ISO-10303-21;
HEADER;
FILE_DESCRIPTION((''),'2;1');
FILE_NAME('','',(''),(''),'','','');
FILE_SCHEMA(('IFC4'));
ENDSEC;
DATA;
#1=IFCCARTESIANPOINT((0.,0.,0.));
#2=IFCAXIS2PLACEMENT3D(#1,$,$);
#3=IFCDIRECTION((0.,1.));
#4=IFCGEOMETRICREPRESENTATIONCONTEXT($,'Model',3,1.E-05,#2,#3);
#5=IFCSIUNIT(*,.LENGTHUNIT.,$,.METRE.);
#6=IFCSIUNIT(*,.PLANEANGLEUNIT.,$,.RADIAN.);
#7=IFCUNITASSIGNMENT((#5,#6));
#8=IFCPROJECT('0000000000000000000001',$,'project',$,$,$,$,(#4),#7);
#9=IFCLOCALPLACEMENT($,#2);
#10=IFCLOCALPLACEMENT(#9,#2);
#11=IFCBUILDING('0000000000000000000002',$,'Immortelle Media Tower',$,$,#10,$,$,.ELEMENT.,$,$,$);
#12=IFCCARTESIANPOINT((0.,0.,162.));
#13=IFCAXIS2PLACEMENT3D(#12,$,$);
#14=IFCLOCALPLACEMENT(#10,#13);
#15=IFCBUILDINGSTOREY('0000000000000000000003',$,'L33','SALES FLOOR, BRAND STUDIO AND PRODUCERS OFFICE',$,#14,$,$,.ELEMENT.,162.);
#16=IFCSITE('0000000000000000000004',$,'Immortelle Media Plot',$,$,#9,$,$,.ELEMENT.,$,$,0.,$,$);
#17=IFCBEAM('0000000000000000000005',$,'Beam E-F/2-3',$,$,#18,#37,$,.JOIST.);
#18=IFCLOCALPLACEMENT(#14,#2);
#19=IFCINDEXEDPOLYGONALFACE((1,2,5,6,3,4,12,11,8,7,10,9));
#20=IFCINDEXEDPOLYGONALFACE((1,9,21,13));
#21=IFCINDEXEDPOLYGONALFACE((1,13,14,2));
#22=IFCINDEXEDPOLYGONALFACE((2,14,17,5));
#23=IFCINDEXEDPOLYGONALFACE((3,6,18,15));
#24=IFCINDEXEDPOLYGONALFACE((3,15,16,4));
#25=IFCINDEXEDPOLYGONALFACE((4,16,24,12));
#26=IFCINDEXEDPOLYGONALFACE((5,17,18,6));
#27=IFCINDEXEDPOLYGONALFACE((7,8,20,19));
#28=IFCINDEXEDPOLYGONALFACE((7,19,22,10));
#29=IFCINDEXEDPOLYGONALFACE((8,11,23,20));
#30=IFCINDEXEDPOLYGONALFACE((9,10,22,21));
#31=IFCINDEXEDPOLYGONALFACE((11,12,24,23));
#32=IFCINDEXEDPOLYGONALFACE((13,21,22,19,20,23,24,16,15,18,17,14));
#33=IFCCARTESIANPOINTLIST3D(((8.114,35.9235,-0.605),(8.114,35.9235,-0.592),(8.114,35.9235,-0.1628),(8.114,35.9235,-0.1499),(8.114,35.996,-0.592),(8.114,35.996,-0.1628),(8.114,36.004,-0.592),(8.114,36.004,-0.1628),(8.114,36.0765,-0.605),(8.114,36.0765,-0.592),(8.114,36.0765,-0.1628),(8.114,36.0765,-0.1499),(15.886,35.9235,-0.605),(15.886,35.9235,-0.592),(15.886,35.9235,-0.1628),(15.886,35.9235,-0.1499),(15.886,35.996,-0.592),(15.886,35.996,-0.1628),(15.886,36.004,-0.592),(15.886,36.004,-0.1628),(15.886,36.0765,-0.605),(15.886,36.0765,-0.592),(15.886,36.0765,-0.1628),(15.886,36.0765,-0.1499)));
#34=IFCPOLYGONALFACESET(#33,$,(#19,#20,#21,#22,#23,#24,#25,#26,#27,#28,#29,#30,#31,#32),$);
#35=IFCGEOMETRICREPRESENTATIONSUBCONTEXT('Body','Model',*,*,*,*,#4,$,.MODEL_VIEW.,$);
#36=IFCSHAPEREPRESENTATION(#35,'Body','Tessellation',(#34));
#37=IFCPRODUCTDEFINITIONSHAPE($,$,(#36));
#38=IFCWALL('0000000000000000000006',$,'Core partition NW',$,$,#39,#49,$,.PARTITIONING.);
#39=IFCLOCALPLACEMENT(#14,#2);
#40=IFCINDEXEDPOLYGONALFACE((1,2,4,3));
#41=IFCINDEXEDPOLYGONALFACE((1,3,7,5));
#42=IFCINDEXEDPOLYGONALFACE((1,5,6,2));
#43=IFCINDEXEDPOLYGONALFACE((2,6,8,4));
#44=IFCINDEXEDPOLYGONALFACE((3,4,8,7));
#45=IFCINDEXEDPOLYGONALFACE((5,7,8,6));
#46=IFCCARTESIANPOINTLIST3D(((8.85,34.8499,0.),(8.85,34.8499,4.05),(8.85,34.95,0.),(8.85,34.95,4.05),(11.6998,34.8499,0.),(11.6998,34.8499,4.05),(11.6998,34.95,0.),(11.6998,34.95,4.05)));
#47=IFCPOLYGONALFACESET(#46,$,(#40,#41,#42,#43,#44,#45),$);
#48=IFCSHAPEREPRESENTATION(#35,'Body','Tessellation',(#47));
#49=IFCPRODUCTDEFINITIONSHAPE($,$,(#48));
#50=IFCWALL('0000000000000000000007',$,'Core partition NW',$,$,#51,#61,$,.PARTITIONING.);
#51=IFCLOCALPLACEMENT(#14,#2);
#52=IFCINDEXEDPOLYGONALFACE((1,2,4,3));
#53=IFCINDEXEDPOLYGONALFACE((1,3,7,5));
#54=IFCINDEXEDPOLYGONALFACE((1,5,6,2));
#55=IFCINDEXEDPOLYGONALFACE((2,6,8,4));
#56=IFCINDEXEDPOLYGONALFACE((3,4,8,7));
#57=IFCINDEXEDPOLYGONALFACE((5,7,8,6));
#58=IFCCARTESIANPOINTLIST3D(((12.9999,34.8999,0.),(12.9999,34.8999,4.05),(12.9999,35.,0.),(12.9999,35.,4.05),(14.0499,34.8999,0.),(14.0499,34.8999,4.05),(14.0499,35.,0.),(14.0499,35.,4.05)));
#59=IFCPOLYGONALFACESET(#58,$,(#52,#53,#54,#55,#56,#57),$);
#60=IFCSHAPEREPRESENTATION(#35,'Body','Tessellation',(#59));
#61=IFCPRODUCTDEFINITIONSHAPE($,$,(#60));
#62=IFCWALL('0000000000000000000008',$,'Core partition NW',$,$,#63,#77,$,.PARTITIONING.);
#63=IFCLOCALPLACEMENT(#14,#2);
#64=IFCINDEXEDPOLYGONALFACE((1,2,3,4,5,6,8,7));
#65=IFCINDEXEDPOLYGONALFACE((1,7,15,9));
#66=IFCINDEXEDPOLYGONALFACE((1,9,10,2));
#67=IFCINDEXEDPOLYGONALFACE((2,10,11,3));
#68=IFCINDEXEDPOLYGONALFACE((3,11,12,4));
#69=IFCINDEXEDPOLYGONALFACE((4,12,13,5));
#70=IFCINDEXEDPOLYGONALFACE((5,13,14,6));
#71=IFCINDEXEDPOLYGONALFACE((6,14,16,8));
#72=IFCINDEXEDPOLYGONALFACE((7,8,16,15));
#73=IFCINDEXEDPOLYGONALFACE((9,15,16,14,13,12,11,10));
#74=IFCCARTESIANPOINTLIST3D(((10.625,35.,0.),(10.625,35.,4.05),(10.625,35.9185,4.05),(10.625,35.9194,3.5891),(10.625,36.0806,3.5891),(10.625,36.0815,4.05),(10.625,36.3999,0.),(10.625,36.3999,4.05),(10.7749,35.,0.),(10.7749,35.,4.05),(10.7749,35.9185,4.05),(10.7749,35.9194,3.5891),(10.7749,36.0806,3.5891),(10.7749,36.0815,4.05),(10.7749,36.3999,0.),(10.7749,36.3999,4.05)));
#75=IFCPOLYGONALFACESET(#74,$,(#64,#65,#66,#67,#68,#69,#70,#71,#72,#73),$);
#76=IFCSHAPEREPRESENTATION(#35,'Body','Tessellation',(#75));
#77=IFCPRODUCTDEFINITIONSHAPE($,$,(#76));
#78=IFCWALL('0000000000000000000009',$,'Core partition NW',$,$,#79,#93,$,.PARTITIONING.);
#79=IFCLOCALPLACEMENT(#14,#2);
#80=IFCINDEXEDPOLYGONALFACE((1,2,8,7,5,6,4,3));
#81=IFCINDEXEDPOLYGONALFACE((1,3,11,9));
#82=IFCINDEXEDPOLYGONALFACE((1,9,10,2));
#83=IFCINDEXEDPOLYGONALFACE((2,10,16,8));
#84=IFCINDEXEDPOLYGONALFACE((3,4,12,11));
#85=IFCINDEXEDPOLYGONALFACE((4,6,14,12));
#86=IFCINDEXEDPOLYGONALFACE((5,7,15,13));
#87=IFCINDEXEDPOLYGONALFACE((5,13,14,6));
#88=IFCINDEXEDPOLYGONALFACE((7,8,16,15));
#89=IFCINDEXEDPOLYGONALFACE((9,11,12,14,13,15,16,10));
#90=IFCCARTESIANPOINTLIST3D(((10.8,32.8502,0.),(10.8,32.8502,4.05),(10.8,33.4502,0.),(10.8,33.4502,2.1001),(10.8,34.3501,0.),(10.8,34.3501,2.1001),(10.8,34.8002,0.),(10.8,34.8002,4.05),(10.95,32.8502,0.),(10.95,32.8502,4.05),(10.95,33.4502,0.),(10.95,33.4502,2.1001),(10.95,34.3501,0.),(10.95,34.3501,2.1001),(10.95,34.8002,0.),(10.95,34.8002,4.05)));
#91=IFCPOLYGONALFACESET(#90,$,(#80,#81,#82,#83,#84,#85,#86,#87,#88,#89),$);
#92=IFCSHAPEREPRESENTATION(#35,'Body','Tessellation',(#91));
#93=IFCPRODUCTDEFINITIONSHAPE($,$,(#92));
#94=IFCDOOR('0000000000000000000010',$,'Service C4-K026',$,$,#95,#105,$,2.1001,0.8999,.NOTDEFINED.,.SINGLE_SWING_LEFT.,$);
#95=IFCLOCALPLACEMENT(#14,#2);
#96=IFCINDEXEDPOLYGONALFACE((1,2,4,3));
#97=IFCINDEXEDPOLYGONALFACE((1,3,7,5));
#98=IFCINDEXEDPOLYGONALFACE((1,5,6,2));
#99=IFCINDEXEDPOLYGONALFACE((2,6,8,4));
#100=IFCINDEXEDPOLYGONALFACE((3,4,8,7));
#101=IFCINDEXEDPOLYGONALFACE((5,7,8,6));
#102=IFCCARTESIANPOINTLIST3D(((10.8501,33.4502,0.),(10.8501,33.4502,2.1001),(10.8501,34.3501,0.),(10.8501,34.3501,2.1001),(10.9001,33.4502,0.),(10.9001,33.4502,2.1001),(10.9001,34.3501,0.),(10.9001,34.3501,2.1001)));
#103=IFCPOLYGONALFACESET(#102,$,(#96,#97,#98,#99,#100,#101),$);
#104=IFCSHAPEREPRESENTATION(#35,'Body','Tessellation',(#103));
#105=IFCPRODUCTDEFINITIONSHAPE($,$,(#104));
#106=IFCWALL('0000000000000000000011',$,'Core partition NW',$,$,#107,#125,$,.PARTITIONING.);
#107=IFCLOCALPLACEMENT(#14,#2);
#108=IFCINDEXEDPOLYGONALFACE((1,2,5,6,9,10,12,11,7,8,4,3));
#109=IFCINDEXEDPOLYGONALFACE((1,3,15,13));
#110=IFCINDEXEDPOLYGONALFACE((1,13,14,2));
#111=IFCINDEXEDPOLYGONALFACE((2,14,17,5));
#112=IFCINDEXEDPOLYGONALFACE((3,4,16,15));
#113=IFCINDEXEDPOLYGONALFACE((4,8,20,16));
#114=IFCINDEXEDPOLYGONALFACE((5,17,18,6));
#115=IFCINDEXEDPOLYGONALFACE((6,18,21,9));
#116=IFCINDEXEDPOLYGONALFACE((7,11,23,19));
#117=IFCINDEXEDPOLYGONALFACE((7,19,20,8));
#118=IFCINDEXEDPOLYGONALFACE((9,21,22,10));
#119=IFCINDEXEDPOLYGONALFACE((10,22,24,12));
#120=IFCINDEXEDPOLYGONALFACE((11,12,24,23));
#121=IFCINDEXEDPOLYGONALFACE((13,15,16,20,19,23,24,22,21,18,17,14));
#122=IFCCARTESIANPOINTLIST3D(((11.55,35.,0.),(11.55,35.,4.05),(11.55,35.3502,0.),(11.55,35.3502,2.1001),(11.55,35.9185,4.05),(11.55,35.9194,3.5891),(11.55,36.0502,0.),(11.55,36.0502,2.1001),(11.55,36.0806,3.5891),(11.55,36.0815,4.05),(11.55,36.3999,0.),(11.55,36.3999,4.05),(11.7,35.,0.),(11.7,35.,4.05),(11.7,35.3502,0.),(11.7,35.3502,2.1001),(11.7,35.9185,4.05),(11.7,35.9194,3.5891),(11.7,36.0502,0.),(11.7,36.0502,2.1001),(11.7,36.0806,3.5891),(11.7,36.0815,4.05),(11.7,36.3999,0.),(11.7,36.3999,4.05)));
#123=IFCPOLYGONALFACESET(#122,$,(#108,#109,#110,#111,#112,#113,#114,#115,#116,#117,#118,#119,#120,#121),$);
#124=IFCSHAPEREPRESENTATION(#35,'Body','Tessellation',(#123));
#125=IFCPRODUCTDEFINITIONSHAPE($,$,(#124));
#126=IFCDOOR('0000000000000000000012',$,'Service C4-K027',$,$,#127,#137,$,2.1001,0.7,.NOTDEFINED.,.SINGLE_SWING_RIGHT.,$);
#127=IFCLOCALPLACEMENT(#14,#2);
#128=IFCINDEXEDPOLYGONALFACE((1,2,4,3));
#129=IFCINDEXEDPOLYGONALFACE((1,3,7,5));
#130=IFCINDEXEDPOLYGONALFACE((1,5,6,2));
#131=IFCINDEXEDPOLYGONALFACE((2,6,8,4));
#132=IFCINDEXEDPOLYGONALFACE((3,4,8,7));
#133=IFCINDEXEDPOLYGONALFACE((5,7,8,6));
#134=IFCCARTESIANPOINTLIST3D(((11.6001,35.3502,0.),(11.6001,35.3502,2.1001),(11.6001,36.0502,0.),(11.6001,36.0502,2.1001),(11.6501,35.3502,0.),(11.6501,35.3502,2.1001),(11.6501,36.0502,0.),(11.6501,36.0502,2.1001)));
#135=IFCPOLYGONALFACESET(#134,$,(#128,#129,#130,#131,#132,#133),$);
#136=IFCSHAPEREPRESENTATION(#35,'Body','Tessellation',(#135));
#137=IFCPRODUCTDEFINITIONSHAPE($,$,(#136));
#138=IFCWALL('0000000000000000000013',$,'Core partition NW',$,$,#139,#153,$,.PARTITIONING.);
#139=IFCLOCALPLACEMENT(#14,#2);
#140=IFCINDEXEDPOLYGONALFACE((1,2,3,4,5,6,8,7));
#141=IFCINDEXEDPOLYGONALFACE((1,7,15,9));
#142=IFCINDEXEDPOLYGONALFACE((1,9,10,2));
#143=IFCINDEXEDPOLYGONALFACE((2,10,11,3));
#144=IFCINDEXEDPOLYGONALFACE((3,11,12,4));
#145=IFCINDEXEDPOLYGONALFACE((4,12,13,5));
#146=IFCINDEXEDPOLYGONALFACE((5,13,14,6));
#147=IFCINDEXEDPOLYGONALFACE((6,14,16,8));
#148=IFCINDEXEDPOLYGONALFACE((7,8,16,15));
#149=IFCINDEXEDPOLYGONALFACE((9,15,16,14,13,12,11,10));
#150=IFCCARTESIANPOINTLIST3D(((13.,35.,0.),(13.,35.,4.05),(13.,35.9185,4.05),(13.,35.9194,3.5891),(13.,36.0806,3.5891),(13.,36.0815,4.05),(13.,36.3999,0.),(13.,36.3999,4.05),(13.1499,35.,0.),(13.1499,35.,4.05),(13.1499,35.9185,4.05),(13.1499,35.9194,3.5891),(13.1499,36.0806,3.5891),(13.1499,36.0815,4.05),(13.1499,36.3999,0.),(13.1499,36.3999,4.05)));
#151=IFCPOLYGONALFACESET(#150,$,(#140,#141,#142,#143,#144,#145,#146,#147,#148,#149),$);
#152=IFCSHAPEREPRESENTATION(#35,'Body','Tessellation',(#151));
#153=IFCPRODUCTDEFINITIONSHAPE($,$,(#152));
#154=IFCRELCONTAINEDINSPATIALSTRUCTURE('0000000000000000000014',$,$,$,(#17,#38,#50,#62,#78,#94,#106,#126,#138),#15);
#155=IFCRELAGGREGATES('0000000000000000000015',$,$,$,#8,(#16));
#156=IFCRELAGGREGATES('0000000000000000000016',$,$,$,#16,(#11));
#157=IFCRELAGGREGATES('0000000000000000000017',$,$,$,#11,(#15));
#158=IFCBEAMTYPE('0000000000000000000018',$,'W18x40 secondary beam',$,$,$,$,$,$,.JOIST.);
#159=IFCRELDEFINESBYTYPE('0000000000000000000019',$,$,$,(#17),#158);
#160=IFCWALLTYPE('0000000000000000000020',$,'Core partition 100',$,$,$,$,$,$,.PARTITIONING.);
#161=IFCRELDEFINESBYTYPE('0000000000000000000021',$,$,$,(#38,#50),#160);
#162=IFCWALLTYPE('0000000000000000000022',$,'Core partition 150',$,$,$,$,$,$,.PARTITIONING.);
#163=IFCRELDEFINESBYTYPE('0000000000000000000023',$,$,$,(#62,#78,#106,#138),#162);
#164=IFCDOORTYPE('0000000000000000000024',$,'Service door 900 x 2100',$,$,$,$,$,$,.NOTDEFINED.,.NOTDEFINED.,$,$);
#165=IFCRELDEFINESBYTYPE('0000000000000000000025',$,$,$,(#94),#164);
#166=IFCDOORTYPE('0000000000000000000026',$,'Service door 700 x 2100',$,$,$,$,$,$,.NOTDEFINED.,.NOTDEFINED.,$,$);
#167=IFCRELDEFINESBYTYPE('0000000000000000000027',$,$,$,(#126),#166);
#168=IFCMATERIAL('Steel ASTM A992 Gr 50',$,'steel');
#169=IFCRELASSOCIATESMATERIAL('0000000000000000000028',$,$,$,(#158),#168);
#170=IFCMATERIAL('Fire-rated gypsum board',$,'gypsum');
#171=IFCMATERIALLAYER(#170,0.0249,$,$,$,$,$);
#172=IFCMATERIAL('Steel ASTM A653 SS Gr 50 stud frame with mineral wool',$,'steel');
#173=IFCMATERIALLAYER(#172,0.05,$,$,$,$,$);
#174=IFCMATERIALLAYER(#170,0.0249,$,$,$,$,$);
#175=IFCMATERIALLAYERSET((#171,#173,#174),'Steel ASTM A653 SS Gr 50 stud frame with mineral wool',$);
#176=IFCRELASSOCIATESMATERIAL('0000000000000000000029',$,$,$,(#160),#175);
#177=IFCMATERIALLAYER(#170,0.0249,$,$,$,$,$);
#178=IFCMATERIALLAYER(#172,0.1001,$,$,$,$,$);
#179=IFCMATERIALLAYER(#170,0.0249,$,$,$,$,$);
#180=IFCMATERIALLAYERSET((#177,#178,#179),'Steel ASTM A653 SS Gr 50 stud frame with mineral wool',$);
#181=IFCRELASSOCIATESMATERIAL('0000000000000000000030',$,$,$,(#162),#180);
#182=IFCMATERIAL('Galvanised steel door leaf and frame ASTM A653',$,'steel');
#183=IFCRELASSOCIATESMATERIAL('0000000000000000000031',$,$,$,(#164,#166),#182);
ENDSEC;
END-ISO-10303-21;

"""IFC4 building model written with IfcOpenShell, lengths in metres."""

from ifc_helpers import new_model, si_unit, direction, frame, frame_2d, origin, origin_2d, place, context, subcontext, project, spatial, polyline, rectangle, i_section, outline, extrude, material, layer, layer_set, material_profile, profile_set, type_object, element, fill, save


model = new_model("IFC4")

# Units and contexts
model_context = context("Model", 3, precision=1e-05, world=origin(), true_north=direction((0.0, 1.0)))
body_context = subcontext(model_context, "Body", "Model", "MODEL_VIEW")
ifc_project = project(units=[si_unit("LENGTHUNIT", "METRE"), si_unit("PLANEANGLEUNIT", "RADIAN")], contexts=[model_context])

# Site, building, storey
site_placement = place(None, origin())
site = spatial("IfcSite", under=ifc_project, at=site_placement, Name="Immortelle Media Plot", CompositionType="ELEMENT", RefElevation=0.0)
building_placement = place(site_placement, origin())
building = spatial("IfcBuilding", under=site, at=building_placement, Name="Immortelle Media Tower", CompositionType="ELEMENT")
storey_placement = place(building_placement, frame((0.0, 0.0, 162.0)))
storey = spatial("IfcBuildingStorey", under=building, at=storey_placement, Name="L33", Description="SALES FLOOR, BRAND STUDIO AND PRODUCERS OFFICE", CompositionType="ELEMENT", Elevation=162.0)

# Beam
ifc_material_1 = material(Name="Steel ASTM A992 Gr 50", Category="steel")
ifc_material_profile = material_profile(ifc_material_1, i_section(OverallWidth=0.1531, OverallDepth=0.4551, WebThickness=0.0081, FlangeThickness=0.0129, at=origin_2d()), Name="W18x40")
ifc_profile_set = profile_set([ifc_material_profile], Name="Steel ASTM A992 Gr 50")
beam_type = type_object("IfcBeamType", Name="W18x40 secondary beam", PredefinedType="JOIST", material=ifc_profile_set)
beam_placement = place(storey_placement, frame((8.114, 36.0, -0.3774), z_axis=(1.0, 0.0, 0.0), x_axis=(0.0, 1.0, 0.0)))
element("IfcBeam", 1, at=beam_placement, inside=storey, type_object=beam_type, Name="Beam E-F/2-3", PredefinedType="JOIST", context=body_context, shape_type="SweptSolid", body=[
    extrude(i_section(OverallWidth=0.1531, OverallDepth=0.4551, WebThickness=0.0081, FlangeThickness=0.0129, at=origin_2d()), origin(), (0.0, 0.0, 1.0), 7.772),
])

# Walls
ifc_material_2 = material(Name="Fire-rated gypsum board", Category="gypsum")
ifc_layer_1 = layer(ifc_material_2, 0.0249)
ifc_material_3 = material(Name="Steel ASTM A653 SS Gr 50 stud frame with mineral wool", Category="steel")
ifc_layer_2 = layer(ifc_material_3, 0.05)
ifc_layer_3 = layer(ifc_material_2, 0.0249)
ifc_layer_set_1 = layer_set([ifc_layer_1, ifc_layer_2, ifc_layer_3], Name="Steel ASTM A653 SS Gr 50 stud frame with mineral wool")
wall_type_1 = type_object("IfcWallType", Name="Core partition 100", PredefinedType="PARTITIONING", material=ifc_layer_set_1)
wall_1_placement = place(storey_placement, frame((8.8501, 34.8999, 0.0), z_axis=(0.0, 0.0, 1.0), x_axis=(1.0, 0.0, 0.0)))
element("IfcWall", 2, at=wall_1_placement, inside=storey, type_object=wall_type_1, Name="Core partition NW", PredefinedType="PARTITIONING", context=body_context, shape_type="SweptSolid", body=[
    extrude(rectangle(XDim=2.8499, YDim=0.1001, at=frame_2d((1.4248, 0.0))), origin(), (0.0, 0.0, 1.0), 4.05),
])
wall_2_placement = place(storey_placement, frame((13.0, 34.95, 0.0), z_axis=(0.0, 0.0, 1.0), x_axis=(1.0, 0.0, 0.0)))
element("IfcWall", 3, at=wall_2_placement, inside=storey, type_object=wall_type_1, Name="Core partition NW", PredefinedType="PARTITIONING", context=body_context, shape_type="SweptSolid", body=[
    extrude(rectangle(XDim=1.05, YDim=0.1001, at=frame_2d((0.5249, 0.0))), origin(), (0.0, 0.0, 1.0), 4.05),
])
ifc_layer_4 = layer(ifc_material_2, 0.0249)
ifc_layer_5 = layer(ifc_material_3, 0.1001)
ifc_layer_6 = layer(ifc_material_2, 0.0249)
ifc_layer_set_2 = layer_set([ifc_layer_4, ifc_layer_5, ifc_layer_6], Name="Steel ASTM A653 SS Gr 50 stud frame with mineral wool")
wall_type_2 = type_object("IfcWallType", Name="Core partition 150", PredefinedType="PARTITIONING", material=ifc_layer_set_2)
wall_3_placement = place(storey_placement, frame((10.7, 35.0, 0.0), z_axis=(0.0, 0.0, 1.0), x_axis=(0.0, 1.0, 0.0)))
element("IfcWall", 4, at=wall_3_placement, inside=storey, type_object=wall_type_2, Name="Core partition NW", PredefinedType="PARTITIONING", context=body_context, shape_type="SweptSolid", body=[
    extrude(outline(polyline([(0.0, 0.0), (1.3999, 0.0), (1.3999, 4.05), (1.0815, 4.05), (1.0806, 3.5891), (0.9194, 3.5891), (0.9185, 4.05), (0.0, 4.05), (0.0, 0.0)])), frame((0.0, 0.075, 0.0), z_axis=(0.0, -1.0, 0.0), x_axis=(1.0, 0.0, 0.0)), (0.0, 0.0, 1.0), 0.1499),
])

# Walls, openings, doors
wall_4_placement = place(storey_placement, frame((10.875, 32.8501, 0.0), z_axis=(0.0, 0.0, 1.0), x_axis=(0.0, 1.0, 0.0)))
wall_4 = element("IfcWall", 5, at=wall_4_placement, inside=storey, type_object=wall_type_2, Name="Core partition NW", PredefinedType="PARTITIONING", context=body_context, shape_type="SweptSolid", body=[
    extrude(rectangle(XDim=1.95, YDim=0.1499, at=frame_2d((0.9751, 0.0))), origin(), (0.0, 0.0, 1.0), 4.05),
])
opening_1_placement = place(wall_4_placement, frame((0.6001, 0.0, 0.0)))
opening_1 = element("IfcOpeningElement", 6, at=opening_1_placement, cuts=wall_4, PredefinedType="OPENING", context=body_context, shape_type="SweptSolid", body=[
    extrude(rectangle(XDim=0.8999, YDim=2.1001, at=frame_2d((0.45, 1.05))), frame((0.0, 0.085, 0.0), z_axis=(0.0, -1.0, 0.0), x_axis=(1.0, 0.0, 0.0)), (0.0, 0.0, 1.0), 0.1699),
])
ifc_material_4 = material(Name="Galvanised steel door leaf and frame ASTM A653", Category="steel")
door_type_1 = type_object("IfcDoorType", Name="Service door 900 x 2100", OperationType="NOTDEFINED", PredefinedType="NOTDEFINED", material=ifc_material_4)
door_1_placement = place(opening_1_placement, origin())
door_1 = element("IfcDoor", 7, at=door_1_placement, inside=storey, type_object=door_type_1, Name="Service C4-K026", OperationType="SINGLE_SWING_LEFT", OverallHeight=2.1001, OverallWidth=0.8999, PredefinedType="NOTDEFINED", context=body_context, shape_type="SweptSolid", body=[
    extrude(rectangle(XDim=0.8999, YDim=2.1001, at=frame_2d((0.45, 1.05))), frame((0.0, 0.0249, 0.0), z_axis=(0.0, -1.0, 0.0), x_axis=(1.0, 0.0, 0.0)), (0.0, 0.0, 1.0), 0.05),
])
fill(opening_1, door_1)
wall_5_placement = place(storey_placement, frame((11.625, 35.0, 0.0), z_axis=(0.0, 0.0, 1.0), x_axis=(0.0, 1.0, 0.0)))
wall_5 = element("IfcWall", 8, at=wall_5_placement, inside=storey, type_object=wall_type_2, Name="Core partition NW", PredefinedType="PARTITIONING", context=body_context, shape_type="SweptSolid", body=[
    extrude(outline(polyline([(0.0, 0.0), (1.3999, 0.0), (1.3999, 4.05), (1.0815, 4.05), (1.0806, 3.5891), (0.9194, 3.5891), (0.9185, 4.05), (0.0, 4.05), (0.0, 0.0)])), frame((0.0, 0.075, 0.0), z_axis=(0.0, -1.0, 0.0), x_axis=(1.0, 0.0, 0.0)), (0.0, 0.0, 1.0), 0.1499),
])
opening_2_placement = place(wall_5_placement, frame((0.3501, 0.0, 0.0)))
opening_2 = element("IfcOpeningElement", 9, at=opening_2_placement, cuts=wall_5, PredefinedType="OPENING", context=body_context, shape_type="SweptSolid", body=[
    extrude(rectangle(XDim=0.7, YDim=2.1001, at=frame_2d((0.3501, 1.05))), frame((0.0, 0.085, 0.0), z_axis=(0.0, -1.0, 0.0), x_axis=(1.0, 0.0, 0.0)), (0.0, 0.0, 1.0), 0.1699),
])
door_type_2 = type_object("IfcDoorType", Name="Service door 700 x 2100", OperationType="NOTDEFINED", PredefinedType="NOTDEFINED", material=ifc_material_4)
door_2_placement = place(opening_2_placement, origin())
door_2 = element("IfcDoor", 10, at=door_2_placement, inside=storey, type_object=door_type_2, Name="Service C4-K027", OperationType="SINGLE_SWING_RIGHT", OverallHeight=2.1001, OverallWidth=0.7, PredefinedType="NOTDEFINED", context=body_context, shape_type="SweptSolid", body=[
    extrude(rectangle(XDim=0.7, YDim=2.1001, at=frame_2d((0.3501, 1.05))), frame((0.0, 0.0249, 0.0), z_axis=(0.0, -1.0, 0.0), x_axis=(1.0, 0.0, 0.0)), (0.0, 0.0, 1.0), 0.05),
])
fill(opening_2, door_2)

# Wall
wall_6_placement = place(storey_placement, frame((13.075, 35.0, 0.0), z_axis=(0.0, 0.0, 1.0), x_axis=(0.0, 1.0, 0.0)))
element("IfcWall", 11, at=wall_6_placement, inside=storey, type_object=wall_type_2, Name="Core partition NW", PredefinedType="PARTITIONING", context=body_context, shape_type="SweptSolid", body=[
    extrude(outline(polyline([(0.0, 0.0), (1.3999, 0.0), (1.3999, 4.05), (1.0815, 4.05), (1.0806, 3.5891), (0.9194, 3.5891), (0.9185, 4.05), (0.0, 4.05), (0.0, 0.0)])), frame((0.0, 0.075, 0.0), z_axis=(0.0, -1.0, 0.0), x_axis=(1.0, 0.0, 0.0)), (0.0, 0.0, 1.0), 0.1499),
])

save(model, "model.ifc")
